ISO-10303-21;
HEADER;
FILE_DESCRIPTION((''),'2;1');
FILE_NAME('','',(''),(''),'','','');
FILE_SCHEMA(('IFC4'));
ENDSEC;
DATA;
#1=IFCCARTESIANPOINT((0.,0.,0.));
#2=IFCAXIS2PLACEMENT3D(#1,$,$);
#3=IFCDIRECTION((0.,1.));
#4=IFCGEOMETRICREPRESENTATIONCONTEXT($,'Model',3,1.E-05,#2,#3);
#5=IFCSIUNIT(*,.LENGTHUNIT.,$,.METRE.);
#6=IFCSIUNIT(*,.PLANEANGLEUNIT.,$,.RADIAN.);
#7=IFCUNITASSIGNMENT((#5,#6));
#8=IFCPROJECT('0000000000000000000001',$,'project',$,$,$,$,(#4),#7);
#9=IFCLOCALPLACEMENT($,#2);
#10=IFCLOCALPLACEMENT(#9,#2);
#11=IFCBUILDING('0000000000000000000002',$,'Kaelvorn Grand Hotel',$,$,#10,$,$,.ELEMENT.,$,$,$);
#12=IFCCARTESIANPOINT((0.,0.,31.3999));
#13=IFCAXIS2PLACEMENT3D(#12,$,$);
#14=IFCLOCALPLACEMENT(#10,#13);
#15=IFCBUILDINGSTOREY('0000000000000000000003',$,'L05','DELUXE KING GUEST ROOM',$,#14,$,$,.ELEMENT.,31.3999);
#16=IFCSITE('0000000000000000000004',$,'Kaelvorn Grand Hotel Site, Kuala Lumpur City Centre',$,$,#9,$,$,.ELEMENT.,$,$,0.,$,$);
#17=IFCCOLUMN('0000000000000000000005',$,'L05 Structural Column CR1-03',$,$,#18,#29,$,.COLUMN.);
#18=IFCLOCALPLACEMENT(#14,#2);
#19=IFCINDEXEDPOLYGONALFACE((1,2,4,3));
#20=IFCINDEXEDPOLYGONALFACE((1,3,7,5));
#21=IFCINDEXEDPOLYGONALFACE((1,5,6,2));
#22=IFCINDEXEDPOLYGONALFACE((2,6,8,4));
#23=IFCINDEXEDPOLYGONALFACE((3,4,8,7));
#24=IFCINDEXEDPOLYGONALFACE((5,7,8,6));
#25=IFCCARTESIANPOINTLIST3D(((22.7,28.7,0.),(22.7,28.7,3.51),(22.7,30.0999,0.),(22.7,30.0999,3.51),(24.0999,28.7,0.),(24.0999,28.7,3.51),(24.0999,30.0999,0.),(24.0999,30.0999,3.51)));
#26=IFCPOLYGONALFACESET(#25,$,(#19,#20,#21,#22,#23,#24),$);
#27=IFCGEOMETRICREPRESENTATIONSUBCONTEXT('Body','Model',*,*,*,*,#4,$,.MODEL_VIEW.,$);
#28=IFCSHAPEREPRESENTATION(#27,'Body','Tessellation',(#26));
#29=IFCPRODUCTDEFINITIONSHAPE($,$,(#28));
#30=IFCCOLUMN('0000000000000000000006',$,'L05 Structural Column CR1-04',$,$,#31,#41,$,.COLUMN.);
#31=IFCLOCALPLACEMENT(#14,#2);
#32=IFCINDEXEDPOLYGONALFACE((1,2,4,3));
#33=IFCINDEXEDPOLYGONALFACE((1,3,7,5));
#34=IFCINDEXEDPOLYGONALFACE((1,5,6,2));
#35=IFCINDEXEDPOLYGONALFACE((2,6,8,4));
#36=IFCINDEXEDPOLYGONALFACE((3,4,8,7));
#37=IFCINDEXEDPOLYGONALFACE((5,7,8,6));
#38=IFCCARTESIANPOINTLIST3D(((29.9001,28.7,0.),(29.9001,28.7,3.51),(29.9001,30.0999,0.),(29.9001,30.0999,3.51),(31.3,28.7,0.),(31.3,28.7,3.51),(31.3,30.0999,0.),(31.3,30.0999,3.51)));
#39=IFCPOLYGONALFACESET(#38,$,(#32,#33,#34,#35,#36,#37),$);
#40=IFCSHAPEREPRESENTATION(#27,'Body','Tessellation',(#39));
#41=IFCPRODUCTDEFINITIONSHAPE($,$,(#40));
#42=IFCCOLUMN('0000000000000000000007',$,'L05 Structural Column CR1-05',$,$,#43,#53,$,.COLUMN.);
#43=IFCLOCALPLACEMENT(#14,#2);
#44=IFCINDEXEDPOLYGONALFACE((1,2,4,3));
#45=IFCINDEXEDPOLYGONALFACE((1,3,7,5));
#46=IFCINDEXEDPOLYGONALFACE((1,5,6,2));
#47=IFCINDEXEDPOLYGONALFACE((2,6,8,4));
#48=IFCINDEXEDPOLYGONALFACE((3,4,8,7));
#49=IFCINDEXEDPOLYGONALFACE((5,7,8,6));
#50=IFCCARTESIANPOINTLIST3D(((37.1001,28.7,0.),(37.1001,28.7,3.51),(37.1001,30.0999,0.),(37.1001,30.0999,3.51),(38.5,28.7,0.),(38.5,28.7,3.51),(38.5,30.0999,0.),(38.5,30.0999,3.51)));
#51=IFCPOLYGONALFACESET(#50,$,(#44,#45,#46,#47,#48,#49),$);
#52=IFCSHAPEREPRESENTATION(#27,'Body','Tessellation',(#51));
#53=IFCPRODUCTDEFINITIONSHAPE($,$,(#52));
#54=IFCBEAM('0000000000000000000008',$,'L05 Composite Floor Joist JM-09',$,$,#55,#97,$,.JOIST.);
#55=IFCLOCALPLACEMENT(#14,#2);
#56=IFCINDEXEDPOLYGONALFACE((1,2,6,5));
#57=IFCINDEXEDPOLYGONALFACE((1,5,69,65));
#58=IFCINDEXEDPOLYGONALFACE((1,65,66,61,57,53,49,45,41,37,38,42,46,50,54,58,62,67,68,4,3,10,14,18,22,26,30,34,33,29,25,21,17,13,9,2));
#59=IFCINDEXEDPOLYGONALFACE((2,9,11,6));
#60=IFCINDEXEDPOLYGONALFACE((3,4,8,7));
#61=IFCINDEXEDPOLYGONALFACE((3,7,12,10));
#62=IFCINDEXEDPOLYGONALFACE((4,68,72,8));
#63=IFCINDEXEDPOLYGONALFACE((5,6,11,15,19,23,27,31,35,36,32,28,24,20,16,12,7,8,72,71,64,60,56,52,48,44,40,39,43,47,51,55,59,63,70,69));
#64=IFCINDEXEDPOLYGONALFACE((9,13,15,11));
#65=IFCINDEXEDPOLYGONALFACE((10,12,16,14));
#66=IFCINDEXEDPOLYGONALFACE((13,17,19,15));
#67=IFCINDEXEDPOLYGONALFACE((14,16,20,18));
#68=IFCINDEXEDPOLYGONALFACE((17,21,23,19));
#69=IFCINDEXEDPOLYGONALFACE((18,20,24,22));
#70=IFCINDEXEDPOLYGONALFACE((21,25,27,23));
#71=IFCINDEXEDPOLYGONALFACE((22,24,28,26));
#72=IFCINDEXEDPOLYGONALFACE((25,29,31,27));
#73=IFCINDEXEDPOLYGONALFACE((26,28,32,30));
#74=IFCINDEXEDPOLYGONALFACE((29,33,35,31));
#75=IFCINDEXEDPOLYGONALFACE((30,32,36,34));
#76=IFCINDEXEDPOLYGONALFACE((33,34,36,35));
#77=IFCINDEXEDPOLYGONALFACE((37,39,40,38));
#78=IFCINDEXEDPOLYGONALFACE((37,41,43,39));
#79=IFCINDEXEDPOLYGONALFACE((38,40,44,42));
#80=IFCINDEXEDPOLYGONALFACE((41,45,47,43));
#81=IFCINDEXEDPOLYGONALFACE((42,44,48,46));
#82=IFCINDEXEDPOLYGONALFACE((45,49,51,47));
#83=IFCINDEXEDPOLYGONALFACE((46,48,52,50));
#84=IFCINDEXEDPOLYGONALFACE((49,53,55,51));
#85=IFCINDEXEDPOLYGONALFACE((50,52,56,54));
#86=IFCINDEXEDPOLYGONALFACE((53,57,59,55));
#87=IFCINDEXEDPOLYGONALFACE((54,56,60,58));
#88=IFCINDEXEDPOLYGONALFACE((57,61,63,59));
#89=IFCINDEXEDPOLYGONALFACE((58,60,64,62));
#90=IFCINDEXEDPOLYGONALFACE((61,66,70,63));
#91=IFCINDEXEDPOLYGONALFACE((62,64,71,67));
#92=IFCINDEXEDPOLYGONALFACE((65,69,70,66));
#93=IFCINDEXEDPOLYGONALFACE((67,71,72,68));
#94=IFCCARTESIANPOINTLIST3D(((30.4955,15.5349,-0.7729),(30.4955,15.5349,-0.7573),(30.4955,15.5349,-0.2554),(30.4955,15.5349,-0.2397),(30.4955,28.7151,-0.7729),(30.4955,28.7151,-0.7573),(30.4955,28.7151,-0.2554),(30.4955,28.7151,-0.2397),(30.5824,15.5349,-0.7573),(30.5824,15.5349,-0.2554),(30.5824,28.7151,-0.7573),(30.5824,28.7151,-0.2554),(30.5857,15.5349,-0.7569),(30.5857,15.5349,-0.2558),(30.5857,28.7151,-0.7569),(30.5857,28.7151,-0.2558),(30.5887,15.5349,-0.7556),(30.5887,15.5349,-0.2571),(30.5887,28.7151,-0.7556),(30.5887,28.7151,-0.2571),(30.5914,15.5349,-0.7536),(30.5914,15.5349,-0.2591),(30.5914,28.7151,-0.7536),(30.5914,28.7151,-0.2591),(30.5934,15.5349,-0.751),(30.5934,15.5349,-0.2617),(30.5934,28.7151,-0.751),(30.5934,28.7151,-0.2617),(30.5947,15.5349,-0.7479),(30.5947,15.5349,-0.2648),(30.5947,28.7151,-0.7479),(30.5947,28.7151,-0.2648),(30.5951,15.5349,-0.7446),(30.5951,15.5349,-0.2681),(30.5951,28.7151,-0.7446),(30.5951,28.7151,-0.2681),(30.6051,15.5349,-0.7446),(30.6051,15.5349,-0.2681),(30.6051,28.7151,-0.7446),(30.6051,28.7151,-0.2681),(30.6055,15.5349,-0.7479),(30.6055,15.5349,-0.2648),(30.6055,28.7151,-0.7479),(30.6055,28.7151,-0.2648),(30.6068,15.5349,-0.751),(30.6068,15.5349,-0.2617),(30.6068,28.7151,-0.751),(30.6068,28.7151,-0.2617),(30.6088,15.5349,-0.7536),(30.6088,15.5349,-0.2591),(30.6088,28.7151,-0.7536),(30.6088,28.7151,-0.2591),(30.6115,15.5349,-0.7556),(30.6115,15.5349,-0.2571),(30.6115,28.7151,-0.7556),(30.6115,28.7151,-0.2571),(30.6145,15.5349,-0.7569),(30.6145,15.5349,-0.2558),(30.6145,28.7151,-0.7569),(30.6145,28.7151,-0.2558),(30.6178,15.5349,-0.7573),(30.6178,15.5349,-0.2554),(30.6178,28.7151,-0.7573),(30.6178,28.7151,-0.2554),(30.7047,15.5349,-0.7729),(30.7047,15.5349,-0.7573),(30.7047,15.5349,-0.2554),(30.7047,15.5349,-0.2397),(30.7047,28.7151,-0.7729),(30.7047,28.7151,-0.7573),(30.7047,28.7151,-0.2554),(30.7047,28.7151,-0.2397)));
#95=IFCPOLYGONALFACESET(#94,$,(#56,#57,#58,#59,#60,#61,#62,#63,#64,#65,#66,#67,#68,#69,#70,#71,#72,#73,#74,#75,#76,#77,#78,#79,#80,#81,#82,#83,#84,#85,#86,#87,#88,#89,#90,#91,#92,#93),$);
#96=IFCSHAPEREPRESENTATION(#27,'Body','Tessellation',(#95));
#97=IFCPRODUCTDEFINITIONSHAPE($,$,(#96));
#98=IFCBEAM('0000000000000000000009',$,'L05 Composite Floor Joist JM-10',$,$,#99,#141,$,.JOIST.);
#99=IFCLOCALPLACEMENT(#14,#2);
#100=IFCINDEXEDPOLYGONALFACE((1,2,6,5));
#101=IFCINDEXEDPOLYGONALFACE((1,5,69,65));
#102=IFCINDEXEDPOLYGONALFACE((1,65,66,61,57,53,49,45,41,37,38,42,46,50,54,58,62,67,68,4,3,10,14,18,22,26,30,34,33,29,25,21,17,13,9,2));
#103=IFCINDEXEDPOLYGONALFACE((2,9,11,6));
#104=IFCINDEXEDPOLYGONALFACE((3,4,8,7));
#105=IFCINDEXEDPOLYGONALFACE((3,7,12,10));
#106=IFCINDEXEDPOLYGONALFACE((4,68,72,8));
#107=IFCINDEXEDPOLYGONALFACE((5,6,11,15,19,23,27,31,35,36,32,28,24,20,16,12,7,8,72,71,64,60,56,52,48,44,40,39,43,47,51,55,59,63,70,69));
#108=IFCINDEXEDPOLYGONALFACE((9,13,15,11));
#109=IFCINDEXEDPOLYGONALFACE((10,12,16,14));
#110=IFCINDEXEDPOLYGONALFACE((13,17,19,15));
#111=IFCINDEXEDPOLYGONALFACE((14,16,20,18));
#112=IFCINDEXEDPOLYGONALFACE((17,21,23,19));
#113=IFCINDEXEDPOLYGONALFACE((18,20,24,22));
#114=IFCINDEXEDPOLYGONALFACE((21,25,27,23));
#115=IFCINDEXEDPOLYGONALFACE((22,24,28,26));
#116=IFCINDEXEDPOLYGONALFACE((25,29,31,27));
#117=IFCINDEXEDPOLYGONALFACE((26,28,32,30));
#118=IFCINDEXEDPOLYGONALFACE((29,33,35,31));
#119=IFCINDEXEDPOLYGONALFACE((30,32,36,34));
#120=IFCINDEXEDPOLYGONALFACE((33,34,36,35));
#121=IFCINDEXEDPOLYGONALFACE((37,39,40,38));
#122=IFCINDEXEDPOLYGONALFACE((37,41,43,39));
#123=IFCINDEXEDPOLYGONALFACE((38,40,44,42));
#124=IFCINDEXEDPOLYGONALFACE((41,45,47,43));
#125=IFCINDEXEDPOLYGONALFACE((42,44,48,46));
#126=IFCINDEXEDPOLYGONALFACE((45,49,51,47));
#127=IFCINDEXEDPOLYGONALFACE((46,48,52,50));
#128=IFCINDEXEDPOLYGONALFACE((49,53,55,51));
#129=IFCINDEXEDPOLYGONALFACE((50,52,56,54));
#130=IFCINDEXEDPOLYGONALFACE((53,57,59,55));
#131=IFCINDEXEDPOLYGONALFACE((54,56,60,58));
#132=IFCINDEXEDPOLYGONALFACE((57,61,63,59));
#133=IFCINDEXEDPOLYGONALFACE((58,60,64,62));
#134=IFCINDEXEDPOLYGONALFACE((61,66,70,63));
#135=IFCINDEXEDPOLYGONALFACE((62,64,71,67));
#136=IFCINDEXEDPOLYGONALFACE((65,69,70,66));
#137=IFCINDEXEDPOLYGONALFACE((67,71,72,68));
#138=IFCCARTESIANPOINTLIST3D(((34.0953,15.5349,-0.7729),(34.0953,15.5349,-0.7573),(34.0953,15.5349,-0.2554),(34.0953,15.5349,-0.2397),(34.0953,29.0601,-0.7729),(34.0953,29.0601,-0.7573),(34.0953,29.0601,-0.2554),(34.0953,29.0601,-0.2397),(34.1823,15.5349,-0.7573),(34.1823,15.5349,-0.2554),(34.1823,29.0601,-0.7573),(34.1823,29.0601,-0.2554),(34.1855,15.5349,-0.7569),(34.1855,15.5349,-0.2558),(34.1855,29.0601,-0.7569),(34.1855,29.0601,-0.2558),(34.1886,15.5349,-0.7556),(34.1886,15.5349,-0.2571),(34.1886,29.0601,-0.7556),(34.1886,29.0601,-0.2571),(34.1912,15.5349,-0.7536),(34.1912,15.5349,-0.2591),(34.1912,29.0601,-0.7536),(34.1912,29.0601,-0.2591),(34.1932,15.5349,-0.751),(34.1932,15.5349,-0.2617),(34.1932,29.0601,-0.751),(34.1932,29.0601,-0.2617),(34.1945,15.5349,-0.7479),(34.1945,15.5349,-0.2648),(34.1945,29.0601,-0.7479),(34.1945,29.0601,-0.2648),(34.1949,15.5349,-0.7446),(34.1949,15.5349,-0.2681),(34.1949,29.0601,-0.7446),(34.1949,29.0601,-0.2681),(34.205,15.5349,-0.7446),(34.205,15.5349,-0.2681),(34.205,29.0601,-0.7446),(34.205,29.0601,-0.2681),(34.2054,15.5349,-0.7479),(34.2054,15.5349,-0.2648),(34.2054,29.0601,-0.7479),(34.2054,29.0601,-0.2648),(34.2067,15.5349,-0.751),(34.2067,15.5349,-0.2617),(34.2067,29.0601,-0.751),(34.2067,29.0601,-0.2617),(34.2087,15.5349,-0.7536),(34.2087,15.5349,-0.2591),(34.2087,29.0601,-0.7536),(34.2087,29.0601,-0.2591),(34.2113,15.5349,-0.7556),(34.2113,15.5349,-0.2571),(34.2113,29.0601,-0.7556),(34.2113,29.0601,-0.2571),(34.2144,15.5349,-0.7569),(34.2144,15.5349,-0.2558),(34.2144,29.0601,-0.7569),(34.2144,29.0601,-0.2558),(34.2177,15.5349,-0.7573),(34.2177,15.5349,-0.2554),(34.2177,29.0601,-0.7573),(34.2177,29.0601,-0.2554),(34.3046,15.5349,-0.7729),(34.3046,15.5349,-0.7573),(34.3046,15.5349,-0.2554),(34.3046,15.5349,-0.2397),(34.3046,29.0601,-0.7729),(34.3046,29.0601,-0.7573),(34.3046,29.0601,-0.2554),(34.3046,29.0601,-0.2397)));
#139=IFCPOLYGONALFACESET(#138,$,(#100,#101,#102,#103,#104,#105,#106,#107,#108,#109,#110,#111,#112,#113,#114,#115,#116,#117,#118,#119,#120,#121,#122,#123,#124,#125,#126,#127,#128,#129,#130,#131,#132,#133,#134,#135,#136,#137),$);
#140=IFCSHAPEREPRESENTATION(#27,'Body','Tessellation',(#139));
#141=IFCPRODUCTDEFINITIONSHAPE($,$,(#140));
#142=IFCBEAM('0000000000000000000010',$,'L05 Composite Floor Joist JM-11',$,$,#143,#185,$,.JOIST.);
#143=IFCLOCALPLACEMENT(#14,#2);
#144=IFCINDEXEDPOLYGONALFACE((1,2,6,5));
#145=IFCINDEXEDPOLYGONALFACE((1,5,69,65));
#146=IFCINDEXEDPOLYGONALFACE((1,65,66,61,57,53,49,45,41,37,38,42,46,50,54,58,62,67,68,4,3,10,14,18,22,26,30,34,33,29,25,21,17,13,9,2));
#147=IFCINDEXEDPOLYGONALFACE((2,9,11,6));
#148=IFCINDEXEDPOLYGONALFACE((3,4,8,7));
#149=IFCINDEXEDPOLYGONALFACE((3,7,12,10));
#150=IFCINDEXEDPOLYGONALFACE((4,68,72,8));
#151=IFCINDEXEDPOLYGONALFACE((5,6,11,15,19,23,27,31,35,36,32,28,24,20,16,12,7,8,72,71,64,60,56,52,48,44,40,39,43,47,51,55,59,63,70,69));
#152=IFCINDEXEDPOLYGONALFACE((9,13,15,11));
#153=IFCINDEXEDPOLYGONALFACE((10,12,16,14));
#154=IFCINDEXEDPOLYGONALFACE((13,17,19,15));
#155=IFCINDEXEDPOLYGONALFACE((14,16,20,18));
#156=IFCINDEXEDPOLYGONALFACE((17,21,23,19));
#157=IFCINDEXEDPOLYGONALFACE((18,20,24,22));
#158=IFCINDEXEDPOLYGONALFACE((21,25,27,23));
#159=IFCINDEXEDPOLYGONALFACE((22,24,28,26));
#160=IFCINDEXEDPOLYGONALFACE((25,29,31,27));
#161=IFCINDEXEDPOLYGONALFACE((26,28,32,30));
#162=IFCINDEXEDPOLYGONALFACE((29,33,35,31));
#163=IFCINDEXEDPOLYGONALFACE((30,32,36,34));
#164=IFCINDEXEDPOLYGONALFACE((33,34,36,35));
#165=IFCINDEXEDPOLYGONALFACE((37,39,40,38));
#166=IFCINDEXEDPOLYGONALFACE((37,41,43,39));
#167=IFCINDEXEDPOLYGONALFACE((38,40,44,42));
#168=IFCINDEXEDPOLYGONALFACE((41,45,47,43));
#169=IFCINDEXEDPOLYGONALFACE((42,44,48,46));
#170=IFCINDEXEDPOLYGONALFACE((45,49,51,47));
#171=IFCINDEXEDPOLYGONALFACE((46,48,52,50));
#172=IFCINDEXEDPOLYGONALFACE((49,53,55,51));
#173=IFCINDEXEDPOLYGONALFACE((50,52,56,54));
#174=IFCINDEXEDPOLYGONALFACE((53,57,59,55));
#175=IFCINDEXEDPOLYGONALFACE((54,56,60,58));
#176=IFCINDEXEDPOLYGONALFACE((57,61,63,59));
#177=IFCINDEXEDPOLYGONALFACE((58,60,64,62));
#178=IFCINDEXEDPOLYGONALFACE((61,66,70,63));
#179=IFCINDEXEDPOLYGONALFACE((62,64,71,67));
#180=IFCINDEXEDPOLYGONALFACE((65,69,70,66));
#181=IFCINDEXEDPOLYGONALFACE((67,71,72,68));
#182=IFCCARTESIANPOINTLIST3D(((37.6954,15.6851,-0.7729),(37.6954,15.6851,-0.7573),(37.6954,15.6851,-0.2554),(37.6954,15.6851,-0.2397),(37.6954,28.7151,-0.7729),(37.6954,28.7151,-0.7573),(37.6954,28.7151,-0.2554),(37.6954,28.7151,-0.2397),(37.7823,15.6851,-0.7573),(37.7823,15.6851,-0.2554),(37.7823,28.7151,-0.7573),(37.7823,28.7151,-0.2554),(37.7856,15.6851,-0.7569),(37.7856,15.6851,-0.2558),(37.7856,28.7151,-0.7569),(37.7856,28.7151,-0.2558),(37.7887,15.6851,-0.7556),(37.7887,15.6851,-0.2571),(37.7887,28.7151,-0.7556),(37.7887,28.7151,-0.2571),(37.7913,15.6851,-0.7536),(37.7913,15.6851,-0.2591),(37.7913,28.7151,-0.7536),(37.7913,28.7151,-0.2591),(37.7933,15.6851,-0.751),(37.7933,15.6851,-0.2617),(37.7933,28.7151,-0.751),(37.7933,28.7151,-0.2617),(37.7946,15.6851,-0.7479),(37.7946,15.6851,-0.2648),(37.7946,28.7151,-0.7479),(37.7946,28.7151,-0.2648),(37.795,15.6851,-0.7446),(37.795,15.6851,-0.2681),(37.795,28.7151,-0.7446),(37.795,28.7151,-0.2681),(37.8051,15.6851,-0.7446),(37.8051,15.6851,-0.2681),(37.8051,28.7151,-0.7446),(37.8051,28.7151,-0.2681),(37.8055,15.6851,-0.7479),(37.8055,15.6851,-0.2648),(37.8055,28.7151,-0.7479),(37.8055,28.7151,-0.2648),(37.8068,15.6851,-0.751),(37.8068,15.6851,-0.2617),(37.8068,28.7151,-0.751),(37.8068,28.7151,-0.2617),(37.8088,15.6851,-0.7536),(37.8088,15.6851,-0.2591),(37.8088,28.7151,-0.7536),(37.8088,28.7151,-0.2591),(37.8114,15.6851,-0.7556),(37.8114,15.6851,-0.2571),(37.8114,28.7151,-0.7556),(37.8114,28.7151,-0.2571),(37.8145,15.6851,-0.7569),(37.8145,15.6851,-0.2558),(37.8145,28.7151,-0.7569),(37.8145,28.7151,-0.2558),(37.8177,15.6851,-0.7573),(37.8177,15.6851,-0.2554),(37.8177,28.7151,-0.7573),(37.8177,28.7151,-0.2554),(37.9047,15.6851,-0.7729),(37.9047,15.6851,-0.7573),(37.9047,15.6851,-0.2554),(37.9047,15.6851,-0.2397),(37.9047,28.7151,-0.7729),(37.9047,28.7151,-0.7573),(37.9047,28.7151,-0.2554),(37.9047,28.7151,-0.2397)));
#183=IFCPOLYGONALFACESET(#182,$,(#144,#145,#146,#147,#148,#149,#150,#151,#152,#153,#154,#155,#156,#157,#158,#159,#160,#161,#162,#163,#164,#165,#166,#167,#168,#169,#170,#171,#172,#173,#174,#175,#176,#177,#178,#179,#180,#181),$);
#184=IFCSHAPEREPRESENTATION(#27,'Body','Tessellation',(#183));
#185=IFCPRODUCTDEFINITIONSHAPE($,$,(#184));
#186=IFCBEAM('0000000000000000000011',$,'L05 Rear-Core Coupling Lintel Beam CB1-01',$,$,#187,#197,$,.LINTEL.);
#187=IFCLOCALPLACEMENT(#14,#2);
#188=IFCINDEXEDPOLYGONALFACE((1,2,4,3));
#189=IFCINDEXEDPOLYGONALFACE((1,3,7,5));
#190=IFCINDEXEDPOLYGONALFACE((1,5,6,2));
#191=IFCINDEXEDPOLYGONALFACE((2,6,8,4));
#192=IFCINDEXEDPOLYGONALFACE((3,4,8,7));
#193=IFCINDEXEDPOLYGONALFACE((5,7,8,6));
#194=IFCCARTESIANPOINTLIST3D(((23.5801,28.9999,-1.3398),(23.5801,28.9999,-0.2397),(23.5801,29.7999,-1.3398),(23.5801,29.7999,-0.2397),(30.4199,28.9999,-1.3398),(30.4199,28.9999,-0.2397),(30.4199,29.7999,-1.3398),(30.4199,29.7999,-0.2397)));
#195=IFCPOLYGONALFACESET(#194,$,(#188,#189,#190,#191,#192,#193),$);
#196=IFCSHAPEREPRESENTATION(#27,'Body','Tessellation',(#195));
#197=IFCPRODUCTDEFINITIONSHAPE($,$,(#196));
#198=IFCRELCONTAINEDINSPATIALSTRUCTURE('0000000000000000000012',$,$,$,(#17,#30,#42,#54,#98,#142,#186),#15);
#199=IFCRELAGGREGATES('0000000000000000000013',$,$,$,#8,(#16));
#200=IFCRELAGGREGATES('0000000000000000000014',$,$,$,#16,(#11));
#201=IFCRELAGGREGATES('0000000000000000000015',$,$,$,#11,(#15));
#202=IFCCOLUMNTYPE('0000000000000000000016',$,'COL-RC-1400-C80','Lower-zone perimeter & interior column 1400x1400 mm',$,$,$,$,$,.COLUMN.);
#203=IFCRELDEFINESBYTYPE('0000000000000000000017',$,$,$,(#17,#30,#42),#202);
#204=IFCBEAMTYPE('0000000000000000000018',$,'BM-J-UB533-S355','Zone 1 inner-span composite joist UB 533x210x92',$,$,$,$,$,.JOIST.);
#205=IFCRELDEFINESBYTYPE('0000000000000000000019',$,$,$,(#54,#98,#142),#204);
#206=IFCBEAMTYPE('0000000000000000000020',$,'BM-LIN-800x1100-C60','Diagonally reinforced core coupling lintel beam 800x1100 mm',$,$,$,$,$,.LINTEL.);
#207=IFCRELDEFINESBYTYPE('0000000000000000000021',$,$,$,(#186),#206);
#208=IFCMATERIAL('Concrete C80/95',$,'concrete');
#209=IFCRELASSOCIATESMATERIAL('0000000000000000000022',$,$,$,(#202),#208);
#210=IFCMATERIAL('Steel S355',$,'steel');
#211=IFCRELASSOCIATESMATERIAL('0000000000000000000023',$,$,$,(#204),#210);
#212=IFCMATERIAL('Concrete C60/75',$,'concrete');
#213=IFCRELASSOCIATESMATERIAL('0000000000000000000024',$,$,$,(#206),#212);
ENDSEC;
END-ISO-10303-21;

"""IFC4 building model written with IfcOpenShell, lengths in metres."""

from ifc_helpers import new_model, si_unit, direction, frame, origin, origin_2d, place, context, subcontext, project, spatial, rectangle, i_section, extrude, material, material_profile, profile_set, type_object, element, save


model = new_model("IFC4")

# Units and contexts
model_context = context("Model", 3, precision=1e-05, world=origin(), true_north=direction((0.0, 1.0)))
body_context = subcontext(model_context, "Body", "Model", "MODEL_VIEW")
ifc_project = project(units=[si_unit("LENGTHUNIT", "METRE"), si_unit("PLANEANGLEUNIT", "RADIAN")], contexts=[model_context])

# Site, building, storey
site_placement = place(None, origin())
site = spatial("IfcSite", under=ifc_project, at=site_placement, Name="Kaelvorn Grand Hotel Site, Kuala Lumpur City Centre", CompositionType="ELEMENT", RefElevation=0.0)
building_placement = place(site_placement, origin())
building = spatial("IfcBuilding", under=site, at=building_placement, Name="Kaelvorn Grand Hotel", CompositionType="ELEMENT")
storey_placement = place(building_placement, frame((0.0, 0.0, 31.3999)))
storey = spatial("IfcBuildingStorey", under=building, at=storey_placement, Name="L05", Description="DELUXE KING GUEST ROOM", CompositionType="ELEMENT", Elevation=31.3999)

# Columns
ifc_material_1 = material(Name="Concrete C80/95", Category="concrete")
ifc_material_profile_1 = material_profile(ifc_material_1, rectangle(XDim=1.3999, YDim=1.3999, at=origin_2d()), Name="RC COL 1400x1400")
ifc_profile_set_1 = profile_set([ifc_material_profile_1], Name="Concrete C80/95")
column_type = type_object("IfcColumnType", Name="COL-RC-1400-C80", Description="Lower-zone perimeter & interior column 1400x1400 mm", PredefinedType="COLUMN", material=ifc_profile_set_1)
for number, where, z_axis, x_axis, name in (
    (1, (23.3999, 29.3999, 0.0), (0.0, 0.0, 1.0), (1.0, 0.0, 0.0), "L05 Structural Column CR1-03"),
    (2, (30.6001, 29.3999, 0.0), (0.0, 0.0, 1.0), (1.0, 0.0, 0.0), "L05 Structural Column CR1-04"),
    (3, (37.8, 29.3999, 0.0), (0.0, 0.0, 1.0), (1.0, 0.0, 0.0), "L05 Structural Column CR1-05"),
):
    element("IfcColumn", number, at=place(storey_placement, frame(where, z_axis=z_axis, x_axis=x_axis)), inside=storey, type_object=column_type, Name=name, PredefinedType="COLUMN", context=body_context, shape_type="SweptSolid", body=[
        extrude(rectangle(XDim=1.3999, YDim=1.3999, at=origin_2d()), origin(), (0.0, 0.0, 1.0), 3.51),
    ])

# Beams
ifc_material_2 = material(Name="Steel S355", Category="steel")
ifc_material_profile_2 = material_profile(ifc_material_2, i_section(OverallWidth=0.2092, OverallDepth=0.5332, WebThickness=0.01, FlangeThickness=0.0156, FilletRadius=0.0127, at=origin_2d()), Name="UB 533x210x92")
ifc_profile_set_2 = profile_set([ifc_material_profile_2], Name="Steel S355")
beam_type_1 = type_object("IfcBeamType", Name="BM-J-UB533-S355", Description="Zone 1 inner-span composite joist UB 533x210x92", PredefinedType="JOIST", material=ifc_profile_set_2)
beam_1_placement = place(storey_placement, frame((30.6001, 15.5349, -0.5063), z_axis=(0.0, 1.0, 0.0), x_axis=(-1.0, 0.0, 0.0)))
element("IfcBeam", 4, at=beam_1_placement, inside=storey, type_object=beam_type_1, Name="L05 Composite Floor Joist JM-09", PredefinedType="JOIST", context=body_context, shape_type="SweptSolid", body=[
    extrude(i_section(OverallWidth=0.2092, OverallDepth=0.5332, WebThickness=0.01, FlangeThickness=0.0156, FilletRadius=0.0127, at=origin_2d()), origin(), (0.0, 0.0, 1.0), 13.1802),
])
beam_2_placement = place(storey_placement, frame((34.2, 15.5349, -0.5063), z_axis=(0.0, 1.0, 0.0), x_axis=(-1.0, 0.0, 0.0)))
element("IfcBeam", 5, at=beam_2_placement, inside=storey, type_object=beam_type_1, Name="L05 Composite Floor Joist JM-10", PredefinedType="JOIST", context=body_context, shape_type="SweptSolid", body=[
    extrude(i_section(OverallWidth=0.2092, OverallDepth=0.5332, WebThickness=0.01, FlangeThickness=0.0156, FilletRadius=0.0127, at=origin_2d()), origin(), (0.0, 0.0, 1.0), 13.5251),
])
beam_3_placement = place(storey_placement, frame((37.8, 15.6851, -0.5063), z_axis=(0.0, 1.0, 0.0), x_axis=(-1.0, 0.0, 0.0)))
element("IfcBeam", 6, at=beam_3_placement, inside=storey, type_object=beam_type_1, Name="L05 Composite Floor Joist JM-11", PredefinedType="JOIST", context=body_context, shape_type="SweptSolid", body=[
    extrude(i_section(OverallWidth=0.2092, OverallDepth=0.5332, WebThickness=0.01, FlangeThickness=0.0156, FilletRadius=0.0127, at=origin_2d()), origin(), (0.0, 0.0, 1.0), 13.03),
])
ifc_material_3 = material(Name="Concrete C60/75", Category="concrete")
ifc_material_profile_3 = material_profile(ifc_material_3, rectangle(XDim=0.8, YDim=1.1001, at=origin_2d()), Name="RC LINTEL 800x1100")
ifc_profile_set_3 = profile_set([ifc_material_profile_3], Name="Concrete C60/75")
beam_type_2 = type_object("IfcBeamType", Name="BM-LIN-800x1100-C60", Description="Diagonally reinforced core coupling lintel beam 800x1100 mm", PredefinedType="LINTEL", material=ifc_profile_set_3)
beam_4_placement = place(storey_placement, frame((23.5801, 29.3999, -0.7898), z_axis=(1.0, 0.0, 0.0), x_axis=(0.0, 1.0, 0.0)))
element("IfcBeam", 7, at=beam_4_placement, inside=storey, type_object=beam_type_2, Name="L05 Rear-Core Coupling Lintel Beam CB1-01", PredefinedType="LINTEL", context=body_context, shape_type="SweptSolid", body=[
    extrude(rectangle(XDim=0.8, YDim=1.1001, at=origin_2d()), origin(), (0.0, 0.0, 1.0), 6.8398),
])

save(model, "model.ifc")
